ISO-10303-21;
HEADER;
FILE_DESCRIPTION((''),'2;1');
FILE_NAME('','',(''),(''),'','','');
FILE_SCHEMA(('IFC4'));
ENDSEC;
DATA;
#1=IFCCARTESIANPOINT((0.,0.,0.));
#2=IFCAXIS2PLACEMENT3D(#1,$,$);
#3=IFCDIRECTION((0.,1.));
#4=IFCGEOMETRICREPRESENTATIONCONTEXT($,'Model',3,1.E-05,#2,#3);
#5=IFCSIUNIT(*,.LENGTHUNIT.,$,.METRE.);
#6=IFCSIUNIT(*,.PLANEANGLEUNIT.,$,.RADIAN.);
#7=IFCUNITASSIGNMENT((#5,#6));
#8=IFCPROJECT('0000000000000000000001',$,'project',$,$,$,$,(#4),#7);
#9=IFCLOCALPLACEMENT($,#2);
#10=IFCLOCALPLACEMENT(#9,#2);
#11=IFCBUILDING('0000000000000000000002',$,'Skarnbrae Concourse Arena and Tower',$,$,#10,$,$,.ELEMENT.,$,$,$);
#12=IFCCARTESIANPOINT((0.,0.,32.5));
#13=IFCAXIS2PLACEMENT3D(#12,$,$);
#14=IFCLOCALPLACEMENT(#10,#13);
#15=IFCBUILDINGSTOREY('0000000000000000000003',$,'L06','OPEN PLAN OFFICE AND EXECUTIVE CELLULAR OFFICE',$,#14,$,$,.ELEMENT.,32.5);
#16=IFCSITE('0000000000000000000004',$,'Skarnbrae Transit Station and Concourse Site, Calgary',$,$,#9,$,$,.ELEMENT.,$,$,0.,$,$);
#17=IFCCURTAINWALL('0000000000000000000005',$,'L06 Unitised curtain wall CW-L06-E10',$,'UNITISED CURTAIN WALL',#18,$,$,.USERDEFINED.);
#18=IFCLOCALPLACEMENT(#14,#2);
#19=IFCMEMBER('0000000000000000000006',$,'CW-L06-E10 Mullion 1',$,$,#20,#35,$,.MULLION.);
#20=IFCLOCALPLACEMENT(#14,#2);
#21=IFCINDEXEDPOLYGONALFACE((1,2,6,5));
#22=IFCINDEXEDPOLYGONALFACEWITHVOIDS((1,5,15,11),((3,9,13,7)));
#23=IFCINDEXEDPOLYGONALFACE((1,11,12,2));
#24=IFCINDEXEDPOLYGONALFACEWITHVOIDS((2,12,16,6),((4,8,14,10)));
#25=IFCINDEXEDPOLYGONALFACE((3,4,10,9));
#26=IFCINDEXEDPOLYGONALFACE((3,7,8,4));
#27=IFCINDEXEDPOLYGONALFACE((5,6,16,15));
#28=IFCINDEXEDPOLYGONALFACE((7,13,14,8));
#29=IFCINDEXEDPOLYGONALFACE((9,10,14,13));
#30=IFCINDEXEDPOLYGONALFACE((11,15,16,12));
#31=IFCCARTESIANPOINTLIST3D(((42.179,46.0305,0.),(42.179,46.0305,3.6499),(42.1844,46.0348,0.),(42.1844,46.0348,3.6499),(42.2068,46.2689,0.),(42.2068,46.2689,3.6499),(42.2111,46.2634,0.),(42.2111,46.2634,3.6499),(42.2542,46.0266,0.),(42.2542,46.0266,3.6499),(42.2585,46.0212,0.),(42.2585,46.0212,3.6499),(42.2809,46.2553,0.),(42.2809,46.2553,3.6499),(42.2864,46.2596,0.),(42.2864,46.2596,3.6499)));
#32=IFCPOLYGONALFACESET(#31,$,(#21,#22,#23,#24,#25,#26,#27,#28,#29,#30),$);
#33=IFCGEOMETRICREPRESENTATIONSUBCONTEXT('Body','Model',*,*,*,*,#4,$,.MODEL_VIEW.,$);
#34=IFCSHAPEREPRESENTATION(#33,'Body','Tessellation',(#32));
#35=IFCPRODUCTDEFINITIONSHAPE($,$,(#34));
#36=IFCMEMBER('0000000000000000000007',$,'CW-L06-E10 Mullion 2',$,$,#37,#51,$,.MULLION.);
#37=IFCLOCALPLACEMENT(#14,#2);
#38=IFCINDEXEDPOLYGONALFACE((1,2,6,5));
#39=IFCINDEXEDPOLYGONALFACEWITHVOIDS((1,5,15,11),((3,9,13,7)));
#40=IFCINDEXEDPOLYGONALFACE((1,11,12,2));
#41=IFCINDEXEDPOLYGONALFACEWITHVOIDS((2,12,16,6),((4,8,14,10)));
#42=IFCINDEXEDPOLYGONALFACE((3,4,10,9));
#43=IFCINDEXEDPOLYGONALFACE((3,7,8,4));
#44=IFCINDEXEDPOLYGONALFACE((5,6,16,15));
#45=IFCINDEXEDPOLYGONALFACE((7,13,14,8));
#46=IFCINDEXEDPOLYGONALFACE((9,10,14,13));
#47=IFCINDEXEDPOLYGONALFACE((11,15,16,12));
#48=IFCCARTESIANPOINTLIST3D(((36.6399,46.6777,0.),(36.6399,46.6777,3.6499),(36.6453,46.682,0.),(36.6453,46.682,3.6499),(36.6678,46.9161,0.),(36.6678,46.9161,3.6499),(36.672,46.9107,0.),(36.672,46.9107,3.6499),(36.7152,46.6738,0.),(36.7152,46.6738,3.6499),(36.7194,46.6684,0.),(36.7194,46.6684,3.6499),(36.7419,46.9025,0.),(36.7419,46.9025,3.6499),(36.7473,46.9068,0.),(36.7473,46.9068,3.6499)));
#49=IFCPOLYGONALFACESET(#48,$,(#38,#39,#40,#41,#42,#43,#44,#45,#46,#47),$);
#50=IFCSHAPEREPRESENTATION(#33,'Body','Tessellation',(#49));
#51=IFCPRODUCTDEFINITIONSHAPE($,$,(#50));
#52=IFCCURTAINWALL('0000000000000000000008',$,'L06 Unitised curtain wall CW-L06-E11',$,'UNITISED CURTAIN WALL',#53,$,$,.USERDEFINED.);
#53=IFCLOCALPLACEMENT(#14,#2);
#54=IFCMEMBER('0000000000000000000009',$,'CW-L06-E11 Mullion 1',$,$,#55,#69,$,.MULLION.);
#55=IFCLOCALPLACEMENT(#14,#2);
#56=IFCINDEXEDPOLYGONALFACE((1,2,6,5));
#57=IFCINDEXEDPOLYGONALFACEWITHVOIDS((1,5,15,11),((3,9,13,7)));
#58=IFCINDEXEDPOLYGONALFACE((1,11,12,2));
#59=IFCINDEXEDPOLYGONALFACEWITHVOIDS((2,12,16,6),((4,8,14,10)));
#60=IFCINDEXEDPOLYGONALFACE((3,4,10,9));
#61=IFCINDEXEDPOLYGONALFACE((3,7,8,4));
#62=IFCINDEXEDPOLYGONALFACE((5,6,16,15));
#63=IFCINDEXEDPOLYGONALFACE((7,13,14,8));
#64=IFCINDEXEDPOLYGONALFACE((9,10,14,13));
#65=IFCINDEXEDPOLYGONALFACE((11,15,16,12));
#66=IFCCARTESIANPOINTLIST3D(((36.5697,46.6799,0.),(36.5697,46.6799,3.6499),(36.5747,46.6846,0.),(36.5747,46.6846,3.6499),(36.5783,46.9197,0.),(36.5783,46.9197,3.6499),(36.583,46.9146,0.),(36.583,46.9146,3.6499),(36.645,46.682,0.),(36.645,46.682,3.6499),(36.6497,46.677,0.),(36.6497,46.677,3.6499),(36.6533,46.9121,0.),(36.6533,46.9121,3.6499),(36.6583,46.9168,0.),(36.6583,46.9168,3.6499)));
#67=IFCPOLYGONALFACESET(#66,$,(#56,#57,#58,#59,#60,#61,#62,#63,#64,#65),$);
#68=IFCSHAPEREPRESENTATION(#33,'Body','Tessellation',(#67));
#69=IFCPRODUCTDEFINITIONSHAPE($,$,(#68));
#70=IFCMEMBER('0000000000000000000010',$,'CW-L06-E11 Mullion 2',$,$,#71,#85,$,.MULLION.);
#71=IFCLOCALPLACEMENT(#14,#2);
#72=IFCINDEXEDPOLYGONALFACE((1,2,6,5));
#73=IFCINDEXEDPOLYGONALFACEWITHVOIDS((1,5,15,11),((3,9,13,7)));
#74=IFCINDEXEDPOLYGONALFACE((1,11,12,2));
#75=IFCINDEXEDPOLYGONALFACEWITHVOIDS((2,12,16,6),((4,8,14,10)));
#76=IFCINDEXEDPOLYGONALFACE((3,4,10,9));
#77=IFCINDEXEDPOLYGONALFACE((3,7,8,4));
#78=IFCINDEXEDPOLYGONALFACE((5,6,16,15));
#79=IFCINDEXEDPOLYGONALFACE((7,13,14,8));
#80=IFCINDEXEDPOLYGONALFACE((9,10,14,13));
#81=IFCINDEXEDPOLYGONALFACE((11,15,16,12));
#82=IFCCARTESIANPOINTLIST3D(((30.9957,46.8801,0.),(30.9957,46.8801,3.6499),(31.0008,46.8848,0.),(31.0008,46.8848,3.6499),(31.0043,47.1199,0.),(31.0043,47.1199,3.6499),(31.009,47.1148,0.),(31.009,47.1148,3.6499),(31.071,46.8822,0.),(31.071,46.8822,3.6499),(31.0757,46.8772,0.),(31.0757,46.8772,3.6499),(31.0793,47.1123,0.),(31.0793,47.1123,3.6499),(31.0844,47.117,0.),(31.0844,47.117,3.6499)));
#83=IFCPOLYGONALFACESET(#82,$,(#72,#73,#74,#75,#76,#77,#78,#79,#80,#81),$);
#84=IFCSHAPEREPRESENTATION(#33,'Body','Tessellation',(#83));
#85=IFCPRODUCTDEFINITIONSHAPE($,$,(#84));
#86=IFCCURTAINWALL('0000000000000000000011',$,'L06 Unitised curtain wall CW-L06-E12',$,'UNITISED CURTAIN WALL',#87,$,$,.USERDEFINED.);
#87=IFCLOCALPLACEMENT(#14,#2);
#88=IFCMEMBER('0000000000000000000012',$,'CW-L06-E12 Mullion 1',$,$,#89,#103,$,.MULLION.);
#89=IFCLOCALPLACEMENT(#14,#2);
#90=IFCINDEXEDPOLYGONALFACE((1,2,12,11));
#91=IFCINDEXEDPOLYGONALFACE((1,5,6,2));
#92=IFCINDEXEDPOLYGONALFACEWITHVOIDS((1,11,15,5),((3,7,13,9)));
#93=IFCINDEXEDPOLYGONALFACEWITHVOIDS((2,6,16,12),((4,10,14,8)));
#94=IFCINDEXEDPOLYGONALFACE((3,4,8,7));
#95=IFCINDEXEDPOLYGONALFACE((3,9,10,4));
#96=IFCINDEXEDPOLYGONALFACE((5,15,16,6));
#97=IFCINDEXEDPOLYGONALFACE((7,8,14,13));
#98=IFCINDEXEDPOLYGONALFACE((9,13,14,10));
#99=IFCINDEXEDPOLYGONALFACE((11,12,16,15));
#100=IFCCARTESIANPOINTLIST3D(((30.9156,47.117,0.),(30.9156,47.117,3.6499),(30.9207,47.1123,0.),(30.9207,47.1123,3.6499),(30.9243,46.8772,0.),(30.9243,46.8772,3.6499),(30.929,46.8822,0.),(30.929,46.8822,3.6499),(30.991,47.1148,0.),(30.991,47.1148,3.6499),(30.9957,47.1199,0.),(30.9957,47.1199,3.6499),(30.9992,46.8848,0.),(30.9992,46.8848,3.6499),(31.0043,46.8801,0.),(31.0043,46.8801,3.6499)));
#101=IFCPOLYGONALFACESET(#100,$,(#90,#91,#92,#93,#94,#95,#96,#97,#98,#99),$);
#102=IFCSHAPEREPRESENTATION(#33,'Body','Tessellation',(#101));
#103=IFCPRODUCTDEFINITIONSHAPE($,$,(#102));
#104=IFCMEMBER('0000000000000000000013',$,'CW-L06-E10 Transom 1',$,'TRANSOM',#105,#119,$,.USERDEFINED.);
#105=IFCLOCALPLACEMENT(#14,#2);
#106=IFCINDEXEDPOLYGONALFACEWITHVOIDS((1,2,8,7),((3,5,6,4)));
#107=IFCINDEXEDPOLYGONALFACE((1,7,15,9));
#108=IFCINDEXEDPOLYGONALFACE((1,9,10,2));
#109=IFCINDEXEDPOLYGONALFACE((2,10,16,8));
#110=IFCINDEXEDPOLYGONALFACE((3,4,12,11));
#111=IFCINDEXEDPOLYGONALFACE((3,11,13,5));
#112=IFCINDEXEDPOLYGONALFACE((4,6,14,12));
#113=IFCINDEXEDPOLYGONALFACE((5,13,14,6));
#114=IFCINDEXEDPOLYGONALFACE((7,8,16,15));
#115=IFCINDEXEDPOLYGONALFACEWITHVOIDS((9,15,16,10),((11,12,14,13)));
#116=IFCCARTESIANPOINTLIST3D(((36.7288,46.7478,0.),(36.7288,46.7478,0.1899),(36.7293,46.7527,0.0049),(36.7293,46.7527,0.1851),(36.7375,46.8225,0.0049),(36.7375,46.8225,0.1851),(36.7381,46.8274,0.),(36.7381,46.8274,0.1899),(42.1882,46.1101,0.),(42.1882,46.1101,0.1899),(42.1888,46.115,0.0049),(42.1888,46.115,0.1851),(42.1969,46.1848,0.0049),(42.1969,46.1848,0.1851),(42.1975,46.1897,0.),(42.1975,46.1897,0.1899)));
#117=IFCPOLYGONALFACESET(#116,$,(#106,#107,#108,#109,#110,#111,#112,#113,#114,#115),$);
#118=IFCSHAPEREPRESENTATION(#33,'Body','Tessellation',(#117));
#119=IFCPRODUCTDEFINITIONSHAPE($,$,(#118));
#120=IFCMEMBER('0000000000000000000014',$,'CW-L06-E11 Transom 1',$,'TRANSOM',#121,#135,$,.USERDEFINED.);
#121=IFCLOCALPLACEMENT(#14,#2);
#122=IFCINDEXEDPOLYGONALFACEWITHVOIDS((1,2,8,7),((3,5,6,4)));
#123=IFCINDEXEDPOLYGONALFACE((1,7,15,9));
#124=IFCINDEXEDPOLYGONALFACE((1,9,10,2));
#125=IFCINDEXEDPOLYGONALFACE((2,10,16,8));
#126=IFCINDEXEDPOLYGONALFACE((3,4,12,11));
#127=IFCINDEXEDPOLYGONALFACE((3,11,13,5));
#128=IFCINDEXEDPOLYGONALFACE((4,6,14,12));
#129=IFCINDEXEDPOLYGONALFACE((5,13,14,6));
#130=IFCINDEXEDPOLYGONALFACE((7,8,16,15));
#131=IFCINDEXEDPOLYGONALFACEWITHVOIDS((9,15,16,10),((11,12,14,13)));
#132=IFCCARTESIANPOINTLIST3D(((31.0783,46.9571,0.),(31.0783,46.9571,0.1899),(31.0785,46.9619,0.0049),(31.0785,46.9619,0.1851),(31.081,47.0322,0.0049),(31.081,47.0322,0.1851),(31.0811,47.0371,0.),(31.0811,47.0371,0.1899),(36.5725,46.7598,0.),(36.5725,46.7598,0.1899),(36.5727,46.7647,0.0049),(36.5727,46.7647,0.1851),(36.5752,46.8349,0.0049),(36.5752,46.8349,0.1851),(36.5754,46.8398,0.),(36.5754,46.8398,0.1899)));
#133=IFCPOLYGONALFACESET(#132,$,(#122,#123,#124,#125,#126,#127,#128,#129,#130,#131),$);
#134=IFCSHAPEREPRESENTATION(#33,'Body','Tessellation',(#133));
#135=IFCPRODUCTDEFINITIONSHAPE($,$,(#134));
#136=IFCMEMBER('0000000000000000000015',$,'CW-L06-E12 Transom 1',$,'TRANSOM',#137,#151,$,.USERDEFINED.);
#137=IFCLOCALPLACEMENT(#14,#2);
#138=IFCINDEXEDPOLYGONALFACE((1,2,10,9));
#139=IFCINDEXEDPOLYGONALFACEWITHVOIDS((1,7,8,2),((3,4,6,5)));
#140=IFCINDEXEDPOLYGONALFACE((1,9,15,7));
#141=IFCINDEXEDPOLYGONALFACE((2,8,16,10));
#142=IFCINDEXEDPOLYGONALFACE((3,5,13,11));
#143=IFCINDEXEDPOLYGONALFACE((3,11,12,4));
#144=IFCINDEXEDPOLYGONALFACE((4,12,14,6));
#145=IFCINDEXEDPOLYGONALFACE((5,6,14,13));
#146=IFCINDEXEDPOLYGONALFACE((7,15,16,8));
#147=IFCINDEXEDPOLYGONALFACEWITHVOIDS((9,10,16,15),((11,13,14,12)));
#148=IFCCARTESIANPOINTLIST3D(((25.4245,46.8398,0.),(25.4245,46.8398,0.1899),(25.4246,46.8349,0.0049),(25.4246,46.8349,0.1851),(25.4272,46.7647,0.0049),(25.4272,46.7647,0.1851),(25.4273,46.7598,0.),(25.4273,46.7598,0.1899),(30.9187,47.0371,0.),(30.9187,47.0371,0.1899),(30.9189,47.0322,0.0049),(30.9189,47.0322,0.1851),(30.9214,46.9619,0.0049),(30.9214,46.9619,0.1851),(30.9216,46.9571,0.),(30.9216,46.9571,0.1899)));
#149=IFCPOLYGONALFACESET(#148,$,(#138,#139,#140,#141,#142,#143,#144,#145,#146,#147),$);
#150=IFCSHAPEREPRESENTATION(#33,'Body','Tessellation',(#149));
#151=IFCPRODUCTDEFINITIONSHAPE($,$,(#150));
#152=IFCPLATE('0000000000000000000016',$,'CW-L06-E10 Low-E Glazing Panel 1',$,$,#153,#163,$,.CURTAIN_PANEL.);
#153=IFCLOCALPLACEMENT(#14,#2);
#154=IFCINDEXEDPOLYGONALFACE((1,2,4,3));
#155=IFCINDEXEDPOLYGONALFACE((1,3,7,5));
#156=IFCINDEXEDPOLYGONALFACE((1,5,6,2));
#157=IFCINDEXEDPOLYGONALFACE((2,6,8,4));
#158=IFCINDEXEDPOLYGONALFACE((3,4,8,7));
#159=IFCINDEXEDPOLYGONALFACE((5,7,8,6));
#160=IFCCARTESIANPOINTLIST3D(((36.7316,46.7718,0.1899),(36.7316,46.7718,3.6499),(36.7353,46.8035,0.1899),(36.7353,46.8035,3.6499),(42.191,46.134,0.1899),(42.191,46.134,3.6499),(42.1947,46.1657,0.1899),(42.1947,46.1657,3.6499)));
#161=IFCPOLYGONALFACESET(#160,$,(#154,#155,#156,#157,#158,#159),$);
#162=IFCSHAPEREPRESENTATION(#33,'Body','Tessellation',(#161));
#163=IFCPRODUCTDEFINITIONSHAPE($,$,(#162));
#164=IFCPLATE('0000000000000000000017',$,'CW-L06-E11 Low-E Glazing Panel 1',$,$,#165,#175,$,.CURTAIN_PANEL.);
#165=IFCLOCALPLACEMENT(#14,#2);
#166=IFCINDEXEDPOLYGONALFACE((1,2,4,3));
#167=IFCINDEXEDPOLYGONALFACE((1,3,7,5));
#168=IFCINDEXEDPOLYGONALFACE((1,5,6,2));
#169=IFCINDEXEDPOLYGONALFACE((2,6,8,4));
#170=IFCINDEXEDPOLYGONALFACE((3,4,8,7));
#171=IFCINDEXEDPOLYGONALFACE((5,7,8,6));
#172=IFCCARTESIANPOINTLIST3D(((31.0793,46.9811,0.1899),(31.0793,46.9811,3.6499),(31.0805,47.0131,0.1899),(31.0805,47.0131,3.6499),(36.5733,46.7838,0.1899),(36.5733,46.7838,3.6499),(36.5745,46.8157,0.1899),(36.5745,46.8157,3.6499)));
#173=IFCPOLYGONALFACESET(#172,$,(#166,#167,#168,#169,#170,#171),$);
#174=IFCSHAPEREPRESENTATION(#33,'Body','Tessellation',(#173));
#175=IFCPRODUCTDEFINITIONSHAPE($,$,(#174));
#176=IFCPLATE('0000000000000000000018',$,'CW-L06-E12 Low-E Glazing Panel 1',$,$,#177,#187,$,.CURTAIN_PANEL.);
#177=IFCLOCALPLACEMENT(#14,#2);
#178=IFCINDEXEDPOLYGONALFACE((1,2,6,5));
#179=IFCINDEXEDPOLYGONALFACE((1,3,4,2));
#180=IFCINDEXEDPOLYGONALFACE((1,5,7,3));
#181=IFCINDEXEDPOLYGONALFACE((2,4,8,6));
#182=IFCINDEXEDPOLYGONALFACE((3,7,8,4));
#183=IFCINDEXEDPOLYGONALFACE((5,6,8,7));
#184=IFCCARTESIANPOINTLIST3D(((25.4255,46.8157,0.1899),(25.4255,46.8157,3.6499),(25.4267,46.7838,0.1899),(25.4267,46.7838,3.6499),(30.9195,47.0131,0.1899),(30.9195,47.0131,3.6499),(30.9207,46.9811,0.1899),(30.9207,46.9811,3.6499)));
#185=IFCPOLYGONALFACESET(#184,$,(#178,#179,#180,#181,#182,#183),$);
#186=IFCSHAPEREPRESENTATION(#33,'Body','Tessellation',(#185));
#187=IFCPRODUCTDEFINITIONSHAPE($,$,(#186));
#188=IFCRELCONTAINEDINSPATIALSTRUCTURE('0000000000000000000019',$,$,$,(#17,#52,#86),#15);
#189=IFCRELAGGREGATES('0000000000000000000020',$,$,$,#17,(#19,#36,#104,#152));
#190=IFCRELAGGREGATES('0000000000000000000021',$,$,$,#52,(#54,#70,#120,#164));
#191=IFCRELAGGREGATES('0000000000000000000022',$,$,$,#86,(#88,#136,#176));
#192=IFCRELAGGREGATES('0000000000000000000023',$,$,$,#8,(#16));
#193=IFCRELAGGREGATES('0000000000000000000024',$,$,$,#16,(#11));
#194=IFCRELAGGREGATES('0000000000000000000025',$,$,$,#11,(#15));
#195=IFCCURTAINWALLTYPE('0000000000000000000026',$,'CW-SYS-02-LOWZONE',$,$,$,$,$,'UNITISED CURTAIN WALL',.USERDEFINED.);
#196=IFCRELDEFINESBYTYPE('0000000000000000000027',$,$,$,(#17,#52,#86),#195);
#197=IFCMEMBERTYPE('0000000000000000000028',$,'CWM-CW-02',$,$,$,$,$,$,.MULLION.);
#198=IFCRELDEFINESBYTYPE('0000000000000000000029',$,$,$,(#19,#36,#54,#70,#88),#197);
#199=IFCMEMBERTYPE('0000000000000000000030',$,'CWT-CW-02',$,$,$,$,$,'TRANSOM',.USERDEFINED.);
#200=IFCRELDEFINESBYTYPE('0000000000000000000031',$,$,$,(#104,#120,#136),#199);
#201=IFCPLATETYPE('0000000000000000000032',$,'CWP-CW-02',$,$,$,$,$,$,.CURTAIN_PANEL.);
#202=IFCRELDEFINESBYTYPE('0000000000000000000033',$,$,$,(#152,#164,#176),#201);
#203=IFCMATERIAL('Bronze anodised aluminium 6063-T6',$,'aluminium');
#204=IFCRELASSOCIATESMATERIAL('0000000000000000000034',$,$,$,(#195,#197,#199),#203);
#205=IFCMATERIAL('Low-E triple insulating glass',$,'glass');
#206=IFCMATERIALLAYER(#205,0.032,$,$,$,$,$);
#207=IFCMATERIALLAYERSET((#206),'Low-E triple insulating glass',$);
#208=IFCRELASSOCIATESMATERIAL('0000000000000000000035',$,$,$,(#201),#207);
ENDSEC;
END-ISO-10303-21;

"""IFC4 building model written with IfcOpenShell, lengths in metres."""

from ifc_helpers import new_model, si_unit, direction, frame, origin, origin_2d, place, context, subcontext, project, spatial, rectangle, hollow_rectangle, extrude, source, transform, mapped, material, layer, layer_set, material_profile, profile_set, type_object, element, aggregate, save


model = new_model("IFC4")

# Units and contexts
model_context = context("Model", 3, precision=1e-05, world=origin(), true_north=direction((0.0, 1.0)))
body_context = subcontext(model_context, "Body", "Model", "MODEL_VIEW")
ifc_project = project(units=[si_unit("LENGTHUNIT", "METRE"), si_unit("PLANEANGLEUNIT", "RADIAN")], contexts=[model_context])

# Site, building, storey
site_placement = place(None, origin())
site = spatial("IfcSite", under=ifc_project, at=site_placement, Name="Skarnbrae Transit Station and Concourse Site, Calgary", CompositionType="ELEMENT", RefElevation=0.0)
building_placement = place(site_placement, origin())
building = spatial("IfcBuilding", under=site, at=building_placement, Name="Skarnbrae Concourse Arena and Tower", CompositionType="ELEMENT")
storey_placement = place(building_placement, frame((0.0, 0.0, 32.5)))
storey = spatial("IfcBuildingStorey", under=building, at=storey_placement, Name="L06", Description="OPEN PLAN OFFICE AND EXECUTIVE CELLULAR OFFICE", CompositionType="ELEMENT", Elevation=32.5)

# Shared definitions
ifc_material_1 = material(Name="Bronze anodised aluminium 6063-T6", Category="aluminium")
curtain_wall_type = type_object("IfcCurtainWallType", Name="CW-SYS-02-LOWZONE", ElementType="UNITISED CURTAIN WALL", PredefinedType="USERDEFINED", material=ifc_material_1)
ifc_material_profile_1 = material_profile(ifc_material_1, hollow_rectangle(XDim=0.0801, YDim=0.24, WallThickness=0.0049, at=origin_2d()), Name="ALU-MULL-80X240")
ifc_profile_set_1 = profile_set([ifc_material_profile_1], Name="Bronze anodised aluminium 6063-T6")
member_type_1 = type_object("IfcMemberType", Name="CWM-CW-02", PredefinedType="MULLION", material=ifc_profile_set_1)
shared_shape_1 = source(origin(), body_context, "Body", "SweptSolid", [
    extrude(hollow_rectangle(XDim=0.0801, YDim=0.24, WallThickness=0.0049, at=origin_2d()), origin(), (0.0, 0.0, 1.0), 3.6499),
])

# Curtain walls, members
curtain_wall_1_placement = place(storey_placement, origin())
curtain_wall_1 = element("IfcCurtainWall", 1, at=curtain_wall_1_placement, inside=storey, type_object=curtain_wall_type, Name="L06 Unitised curtain wall CW-L06-E10", ObjectType="UNITISED CURTAIN WALL", PredefinedType="USERDEFINED")
member_1_placement = place(storey_placement, frame((42.2327, 46.145, 0.0), z_axis=(0.0, 0.0, 1.0), x_axis=(-0.993245, 0.11604, 0.0)))
member_1 = element("IfcMember", 2, at=member_1_placement, type_object=member_type_1, Name="CW-L06-E10 Mullion 1", PredefinedType="MULLION", context=body_context, shape_type="MappedRepresentation", body=[
    mapped(shared_shape_1, transform((0.0, 0.0, 0.0))),
])
member_2_placement = place(storey_placement, frame((36.6936, 46.7922, 0.0), z_axis=(0.0, 0.0, 1.0), x_axis=(-0.993245, 0.11604, 0.0)))
member_2 = element("IfcMember", 3, at=member_2_placement, type_object=member_type_1, Name="CW-L06-E10 Mullion 2", PredefinedType="MULLION", context=body_context, shape_type="MappedRepresentation", body=[
    mapped(shared_shape_1, transform((0.0, 0.0, 0.0))),
])
curtain_wall_2_placement = place(storey_placement, origin())
curtain_wall_2 = element("IfcCurtainWall", 4, at=curtain_wall_2_placement, inside=storey, type_object=curtain_wall_type, Name="L06 Unitised curtain wall CW-L06-E11", ObjectType="UNITISED CURTAIN WALL", PredefinedType="USERDEFINED")
member_3_placement = place(storey_placement, frame((36.614, 46.7983, 0.0), z_axis=(0.0, 0.0, 1.0), x_axis=(-0.999355, 0.035899, 0.0)))
member_3 = element("IfcMember", 5, at=member_3_placement, type_object=member_type_1, Name="CW-L06-E11 Mullion 1", PredefinedType="MULLION", context=body_context, shape_type="MappedRepresentation", body=[
    mapped(shared_shape_1, transform((0.0, 0.0, 0.0))),
])
member_4_placement = place(storey_placement, frame((31.04, 46.9985, 0.0), z_axis=(0.0, 0.0, 1.0), x_axis=(-0.999355, 0.035899, 0.0)))
member_4 = element("IfcMember", 6, at=member_4_placement, type_object=member_type_1, Name="CW-L06-E11 Mullion 2", PredefinedType="MULLION", context=body_context, shape_type="MappedRepresentation", body=[
    mapped(shared_shape_1, transform((0.0, 0.0, 0.0))),
])

# Curtain wall, member
curtain_wall_3_placement = place(storey_placement, origin())
curtain_wall_3 = element("IfcCurtainWall", 7, at=curtain_wall_3_placement, inside=storey, type_object=curtain_wall_type, Name="L06 Unitised curtain wall CW-L06-E12", ObjectType="UNITISED CURTAIN WALL", PredefinedType="USERDEFINED")
member_5_placement = place(storey_placement, frame((30.96, 46.9985, 0.0), z_axis=(0.0, 0.0, 1.0), x_axis=(-0.999355, -0.035899, 0.0)))
member_5 = element("IfcMember", 8, at=member_5_placement, type_object=member_type_1, Name="CW-L06-E12 Mullion 1", PredefinedType="MULLION", context=body_context, shape_type="MappedRepresentation", body=[
    mapped(shared_shape_1, transform((0.0, 0.0, 0.0))),
])

# Members
ifc_material_profile_2 = material_profile(ifc_material_1, hollow_rectangle(XDim=0.0801, YDim=0.1899, WallThickness=0.0049, at=origin_2d()), Name="ALU-TRAN-80X190")
ifc_profile_set_2 = profile_set([ifc_material_profile_2], Name="Bronze anodised aluminium 6063-T6")
member_type_2 = type_object("IfcMemberType", Name="CWT-CW-02", ElementType="TRANSOM", PredefinedType="USERDEFINED", material=ifc_profile_set_2)
shared_shape_2 = source(origin(), body_context, "Body", "SweptSolid", [
    extrude(hollow_rectangle(XDim=0.0801, YDim=0.1899, WallThickness=0.0049, at=origin_2d()), origin(), (0.0, 0.0, 1.0), 5.4966),
])
member_6_placement = place(storey_placement, frame((42.1929, 46.1499, 0.095), z_axis=(-0.993247, 0.116017, 0.0), x_axis=(-0.116017, -0.993247, 0.0)))
member_6 = element("IfcMember", 9, at=member_6_placement, type_object=member_type_2, Name="CW-L06-E10 Transom 1", ObjectType="TRANSOM", PredefinedType="USERDEFINED", context=body_context, shape_type="MappedRepresentation", body=[
    mapped(shared_shape_2, transform((0.0, 0.0, 0.0))),
])
shared_shape_3 = source(origin(), body_context, "Body", "SweptSolid", [
    extrude(hollow_rectangle(XDim=0.0801, YDim=0.1899, WallThickness=0.0049, at=origin_2d()), origin(), (0.0, 0.0, 1.0), 5.4978),
])
member_7_placement = place(storey_placement, frame((36.574, 46.7998, 0.095), z_axis=(-0.999356, 0.035882, 0.0), x_axis=(-0.035882, -0.999356, 0.0)))
member_7 = element("IfcMember", 10, at=member_7_placement, type_object=member_type_2, Name="CW-L06-E11 Transom 1", ObjectType="TRANSOM", PredefinedType="USERDEFINED", context=body_context, shape_type="MappedRepresentation", body=[
    mapped(shared_shape_3, transform((0.0, 0.0, 0.0))),
])
member_8_placement = place(storey_placement, frame((30.9202, 46.9971, 0.095), z_axis=(-0.999356, -0.035882, 0.0), x_axis=(0.035882, -0.999356, 0.0)))
member_8 = element("IfcMember", 11, at=member_8_placement, type_object=member_type_2, Name="CW-L06-E12 Transom 1", ObjectType="TRANSOM", PredefinedType="USERDEFINED", context=body_context, shape_type="MappedRepresentation", body=[
    mapped(shared_shape_3, transform((0.0, 0.0, 0.0))),
])

# Plates
ifc_material_2 = material(Name="Low-E triple insulating glass", Category="glass")
ifc_layer_1 = layer(ifc_material_2, 0.032)
ifc_layer_set_1 = layer_set([ifc_layer_1], Name="Low-E triple insulating glass")
plate_type = type_object("IfcPlateType", Name="CWP-CW-02", PredefinedType="CURTAIN_PANEL", material=ifc_layer_set_1)
shared_shape_4 = source(origin(), body_context, "Body", "SweptSolid", [
    extrude(rectangle(XDim=5.4966, YDim=0.032, at=origin_2d()), origin(), (0.0, 0.0, 1.0), 3.46),
])
plate_1_placement = place(storey_placement, frame((39.4631, 46.4688, 0.1899), z_axis=(0.0, 0.0, 1.0), x_axis=(-0.993245, 0.11604, 0.0)))
plate_1 = element("IfcPlate", 12, at=plate_1_placement, type_object=plate_type, Name="CW-L06-E10 Low-E Glazing Panel 1", PredefinedType="CURTAIN_PANEL", context=body_context, shape_type="MappedRepresentation", body=[
    mapped(shared_shape_4, transform((0.0, 0.0, 0.0))),
])
aggregate(curtain_wall_1, [member_1, member_2, member_6, plate_1])
shared_shape_5 = source(origin(), body_context, "Body", "SweptSolid", [
    extrude(rectangle(XDim=5.4976, YDim=0.032, at=origin_2d()), origin(), (0.0, 0.0, 1.0), 3.46),
])
plate_2_placement = place(storey_placement, frame((33.8269, 46.8984, 0.1899), z_axis=(0.0, 0.0, 1.0), x_axis=(-0.999355, 0.035899, 0.0)))
plate_2 = element("IfcPlate", 13, at=plate_2_placement, type_object=plate_type, Name="CW-L06-E11 Low-E Glazing Panel 1", PredefinedType="CURTAIN_PANEL", context=body_context, shape_type="MappedRepresentation", body=[
    mapped(shared_shape_5, transform((0.0, 0.0, 0.0))),
])
aggregate(curtain_wall_2, [member_3, member_4, member_7, plate_2])
plate_3_placement = place(storey_placement, frame((28.1731, 46.8984, 0.1899), z_axis=(0.0, 0.0, 1.0), x_axis=(-0.999355, -0.035899, 0.0)))
plate_3 = element("IfcPlate", 14, at=plate_3_placement, type_object=plate_type, Name="CW-L06-E12 Low-E Glazing Panel 1", PredefinedType="CURTAIN_PANEL", context=body_context, shape_type="MappedRepresentation", body=[
    mapped(shared_shape_5, transform((0.0, 0.0, 0.0))),
])
aggregate(curtain_wall_3, [member_5, member_8, plate_3])

save(model, "model.ifc")
